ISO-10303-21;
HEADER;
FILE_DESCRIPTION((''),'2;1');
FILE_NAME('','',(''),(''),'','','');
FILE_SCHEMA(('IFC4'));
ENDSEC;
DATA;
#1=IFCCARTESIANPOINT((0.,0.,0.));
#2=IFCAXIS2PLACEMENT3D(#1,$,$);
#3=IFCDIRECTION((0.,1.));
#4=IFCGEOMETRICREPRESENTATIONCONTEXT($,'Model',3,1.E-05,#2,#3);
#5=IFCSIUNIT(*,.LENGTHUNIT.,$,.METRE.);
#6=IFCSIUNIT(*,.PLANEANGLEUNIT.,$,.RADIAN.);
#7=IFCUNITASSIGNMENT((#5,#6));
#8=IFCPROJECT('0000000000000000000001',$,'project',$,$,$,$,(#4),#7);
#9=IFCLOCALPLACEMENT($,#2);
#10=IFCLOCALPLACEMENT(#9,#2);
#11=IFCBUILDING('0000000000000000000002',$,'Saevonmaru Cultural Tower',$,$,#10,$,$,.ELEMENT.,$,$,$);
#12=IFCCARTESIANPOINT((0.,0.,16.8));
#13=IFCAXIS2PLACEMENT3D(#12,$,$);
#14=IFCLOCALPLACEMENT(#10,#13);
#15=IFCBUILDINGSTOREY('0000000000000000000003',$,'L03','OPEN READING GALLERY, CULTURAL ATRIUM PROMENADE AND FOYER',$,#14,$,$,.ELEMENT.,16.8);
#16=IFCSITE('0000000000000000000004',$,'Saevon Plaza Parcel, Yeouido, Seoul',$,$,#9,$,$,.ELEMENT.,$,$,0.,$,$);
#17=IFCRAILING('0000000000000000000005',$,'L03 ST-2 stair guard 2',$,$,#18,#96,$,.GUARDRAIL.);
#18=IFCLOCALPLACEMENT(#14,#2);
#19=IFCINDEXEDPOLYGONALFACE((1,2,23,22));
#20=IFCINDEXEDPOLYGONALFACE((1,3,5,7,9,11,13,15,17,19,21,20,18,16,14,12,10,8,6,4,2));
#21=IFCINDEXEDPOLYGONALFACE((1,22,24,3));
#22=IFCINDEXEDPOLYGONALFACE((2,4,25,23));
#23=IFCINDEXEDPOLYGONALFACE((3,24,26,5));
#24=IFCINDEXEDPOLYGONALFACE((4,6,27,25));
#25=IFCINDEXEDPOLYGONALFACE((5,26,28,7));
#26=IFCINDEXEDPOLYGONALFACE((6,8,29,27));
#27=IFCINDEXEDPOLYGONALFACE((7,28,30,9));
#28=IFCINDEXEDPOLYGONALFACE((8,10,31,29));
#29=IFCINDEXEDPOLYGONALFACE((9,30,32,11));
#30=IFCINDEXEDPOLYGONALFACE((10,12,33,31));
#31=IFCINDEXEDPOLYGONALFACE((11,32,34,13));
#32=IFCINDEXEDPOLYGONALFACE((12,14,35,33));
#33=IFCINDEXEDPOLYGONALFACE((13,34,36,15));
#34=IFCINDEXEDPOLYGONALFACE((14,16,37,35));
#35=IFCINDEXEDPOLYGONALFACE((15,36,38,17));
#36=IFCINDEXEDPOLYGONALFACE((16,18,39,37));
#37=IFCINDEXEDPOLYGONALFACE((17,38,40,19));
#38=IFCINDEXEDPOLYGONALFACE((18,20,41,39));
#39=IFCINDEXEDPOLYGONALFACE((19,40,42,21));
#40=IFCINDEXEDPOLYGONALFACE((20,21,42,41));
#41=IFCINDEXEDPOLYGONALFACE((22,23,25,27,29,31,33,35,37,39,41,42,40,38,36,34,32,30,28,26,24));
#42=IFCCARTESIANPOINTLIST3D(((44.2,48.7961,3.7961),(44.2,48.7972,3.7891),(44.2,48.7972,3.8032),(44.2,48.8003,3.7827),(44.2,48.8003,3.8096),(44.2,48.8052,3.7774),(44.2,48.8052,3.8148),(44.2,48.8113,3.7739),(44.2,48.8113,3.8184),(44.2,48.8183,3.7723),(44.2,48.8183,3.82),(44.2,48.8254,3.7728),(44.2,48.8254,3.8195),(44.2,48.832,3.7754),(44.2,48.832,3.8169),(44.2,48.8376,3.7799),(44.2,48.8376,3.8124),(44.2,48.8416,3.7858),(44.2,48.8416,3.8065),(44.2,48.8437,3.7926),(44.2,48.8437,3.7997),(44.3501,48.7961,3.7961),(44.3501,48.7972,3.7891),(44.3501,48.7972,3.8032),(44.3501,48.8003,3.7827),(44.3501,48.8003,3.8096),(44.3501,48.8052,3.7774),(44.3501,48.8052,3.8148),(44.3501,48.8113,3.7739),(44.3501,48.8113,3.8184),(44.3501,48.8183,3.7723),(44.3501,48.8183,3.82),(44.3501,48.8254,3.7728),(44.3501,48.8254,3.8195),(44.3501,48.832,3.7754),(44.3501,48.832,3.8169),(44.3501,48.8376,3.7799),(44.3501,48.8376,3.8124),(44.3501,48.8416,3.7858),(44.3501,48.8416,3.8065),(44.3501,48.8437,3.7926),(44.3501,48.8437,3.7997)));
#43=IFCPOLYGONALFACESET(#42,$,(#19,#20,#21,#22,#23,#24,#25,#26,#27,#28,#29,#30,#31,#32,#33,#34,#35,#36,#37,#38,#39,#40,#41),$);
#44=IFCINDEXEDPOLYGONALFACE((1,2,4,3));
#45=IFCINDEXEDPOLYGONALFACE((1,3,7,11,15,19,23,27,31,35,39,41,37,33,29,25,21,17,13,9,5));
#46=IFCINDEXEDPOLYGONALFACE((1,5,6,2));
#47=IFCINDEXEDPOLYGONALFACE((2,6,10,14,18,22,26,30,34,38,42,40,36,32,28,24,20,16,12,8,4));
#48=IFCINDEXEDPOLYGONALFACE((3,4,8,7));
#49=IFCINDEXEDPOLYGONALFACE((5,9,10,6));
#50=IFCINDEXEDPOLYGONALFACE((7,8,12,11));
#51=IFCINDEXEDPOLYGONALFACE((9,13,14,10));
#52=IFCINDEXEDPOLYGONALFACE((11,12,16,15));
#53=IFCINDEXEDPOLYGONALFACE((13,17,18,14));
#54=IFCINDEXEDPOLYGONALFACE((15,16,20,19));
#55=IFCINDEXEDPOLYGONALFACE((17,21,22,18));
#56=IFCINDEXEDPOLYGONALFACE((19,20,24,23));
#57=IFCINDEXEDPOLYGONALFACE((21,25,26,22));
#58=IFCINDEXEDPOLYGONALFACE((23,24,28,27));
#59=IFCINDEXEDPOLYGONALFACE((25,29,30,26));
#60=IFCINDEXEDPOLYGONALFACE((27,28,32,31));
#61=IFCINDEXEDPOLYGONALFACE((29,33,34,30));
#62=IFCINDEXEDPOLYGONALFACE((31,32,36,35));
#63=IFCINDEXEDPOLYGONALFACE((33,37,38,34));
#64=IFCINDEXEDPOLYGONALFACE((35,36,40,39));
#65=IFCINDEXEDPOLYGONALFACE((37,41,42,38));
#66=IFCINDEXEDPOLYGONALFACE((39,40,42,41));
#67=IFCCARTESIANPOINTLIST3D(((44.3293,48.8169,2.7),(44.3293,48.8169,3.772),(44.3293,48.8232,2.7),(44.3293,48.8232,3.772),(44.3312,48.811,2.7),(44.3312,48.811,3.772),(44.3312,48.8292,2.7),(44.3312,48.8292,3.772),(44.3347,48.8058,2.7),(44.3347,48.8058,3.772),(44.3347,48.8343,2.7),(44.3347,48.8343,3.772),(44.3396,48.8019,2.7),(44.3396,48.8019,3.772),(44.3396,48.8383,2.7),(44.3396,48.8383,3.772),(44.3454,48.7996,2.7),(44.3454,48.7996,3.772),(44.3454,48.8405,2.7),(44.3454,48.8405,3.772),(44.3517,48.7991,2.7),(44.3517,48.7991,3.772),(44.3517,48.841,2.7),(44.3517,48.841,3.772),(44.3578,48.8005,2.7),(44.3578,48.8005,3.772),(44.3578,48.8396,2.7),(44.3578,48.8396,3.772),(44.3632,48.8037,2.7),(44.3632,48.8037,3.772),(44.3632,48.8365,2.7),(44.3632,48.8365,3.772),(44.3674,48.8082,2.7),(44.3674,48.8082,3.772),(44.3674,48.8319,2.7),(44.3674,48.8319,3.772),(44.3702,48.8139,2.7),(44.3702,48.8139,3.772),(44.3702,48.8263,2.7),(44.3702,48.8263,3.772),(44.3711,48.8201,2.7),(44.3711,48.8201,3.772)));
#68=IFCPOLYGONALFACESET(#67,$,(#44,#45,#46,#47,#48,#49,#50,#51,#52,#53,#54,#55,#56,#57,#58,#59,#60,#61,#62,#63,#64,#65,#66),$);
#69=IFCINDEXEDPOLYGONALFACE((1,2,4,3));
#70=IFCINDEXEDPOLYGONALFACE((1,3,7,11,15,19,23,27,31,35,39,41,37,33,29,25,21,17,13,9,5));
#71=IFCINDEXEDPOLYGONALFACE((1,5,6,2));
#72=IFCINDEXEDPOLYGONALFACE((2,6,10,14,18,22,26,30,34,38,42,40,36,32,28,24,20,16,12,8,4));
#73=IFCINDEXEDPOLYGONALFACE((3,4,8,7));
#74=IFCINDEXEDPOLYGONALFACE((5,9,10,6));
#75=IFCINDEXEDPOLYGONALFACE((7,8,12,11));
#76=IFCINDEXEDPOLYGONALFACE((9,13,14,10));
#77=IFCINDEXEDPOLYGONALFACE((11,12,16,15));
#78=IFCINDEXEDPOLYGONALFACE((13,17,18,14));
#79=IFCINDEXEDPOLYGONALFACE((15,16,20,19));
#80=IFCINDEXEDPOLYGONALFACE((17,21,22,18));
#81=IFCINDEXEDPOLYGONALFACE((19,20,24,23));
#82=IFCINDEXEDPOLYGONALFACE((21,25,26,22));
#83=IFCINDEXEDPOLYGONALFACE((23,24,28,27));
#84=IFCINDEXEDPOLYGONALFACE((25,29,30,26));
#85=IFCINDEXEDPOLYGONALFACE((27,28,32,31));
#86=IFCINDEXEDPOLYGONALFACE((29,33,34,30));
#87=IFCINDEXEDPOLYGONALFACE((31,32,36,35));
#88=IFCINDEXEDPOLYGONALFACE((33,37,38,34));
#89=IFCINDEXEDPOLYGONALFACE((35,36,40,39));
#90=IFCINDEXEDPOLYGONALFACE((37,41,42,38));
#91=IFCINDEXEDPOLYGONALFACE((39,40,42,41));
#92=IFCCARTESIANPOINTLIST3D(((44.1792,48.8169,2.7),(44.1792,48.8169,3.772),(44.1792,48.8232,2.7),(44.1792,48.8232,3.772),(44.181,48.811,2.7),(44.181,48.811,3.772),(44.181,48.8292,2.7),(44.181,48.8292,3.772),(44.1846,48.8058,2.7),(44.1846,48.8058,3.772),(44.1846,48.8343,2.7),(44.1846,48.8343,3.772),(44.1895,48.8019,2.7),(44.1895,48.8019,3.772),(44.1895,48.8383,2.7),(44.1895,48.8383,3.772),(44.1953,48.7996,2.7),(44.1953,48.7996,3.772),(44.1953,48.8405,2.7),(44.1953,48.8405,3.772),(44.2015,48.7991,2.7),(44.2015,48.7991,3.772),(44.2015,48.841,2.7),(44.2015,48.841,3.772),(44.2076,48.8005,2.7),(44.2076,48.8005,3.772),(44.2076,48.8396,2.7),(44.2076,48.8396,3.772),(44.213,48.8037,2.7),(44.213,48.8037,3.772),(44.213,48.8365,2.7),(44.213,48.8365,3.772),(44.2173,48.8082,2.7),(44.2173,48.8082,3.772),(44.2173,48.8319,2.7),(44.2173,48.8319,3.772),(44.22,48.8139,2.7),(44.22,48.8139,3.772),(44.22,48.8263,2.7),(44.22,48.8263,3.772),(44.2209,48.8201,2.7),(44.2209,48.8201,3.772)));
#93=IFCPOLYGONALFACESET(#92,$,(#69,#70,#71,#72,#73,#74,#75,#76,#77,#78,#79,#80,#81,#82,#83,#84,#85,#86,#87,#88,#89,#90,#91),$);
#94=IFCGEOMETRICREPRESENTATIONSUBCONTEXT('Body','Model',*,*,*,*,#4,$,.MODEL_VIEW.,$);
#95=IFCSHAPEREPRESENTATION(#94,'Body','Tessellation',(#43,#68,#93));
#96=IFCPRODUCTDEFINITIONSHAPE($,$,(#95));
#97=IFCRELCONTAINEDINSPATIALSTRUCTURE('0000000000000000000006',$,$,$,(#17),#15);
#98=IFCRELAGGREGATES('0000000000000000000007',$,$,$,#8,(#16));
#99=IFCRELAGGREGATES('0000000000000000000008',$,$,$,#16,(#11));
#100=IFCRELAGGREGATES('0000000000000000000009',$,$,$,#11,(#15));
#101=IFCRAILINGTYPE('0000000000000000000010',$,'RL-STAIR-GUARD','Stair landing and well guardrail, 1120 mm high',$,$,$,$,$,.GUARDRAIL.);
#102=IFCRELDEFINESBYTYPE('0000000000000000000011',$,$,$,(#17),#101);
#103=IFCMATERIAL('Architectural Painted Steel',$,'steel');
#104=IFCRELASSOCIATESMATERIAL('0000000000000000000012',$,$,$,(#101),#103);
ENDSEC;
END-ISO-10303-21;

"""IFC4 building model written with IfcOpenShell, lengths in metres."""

from ifc_helpers import new_model, si_unit, direction, frame, origin, origin_2d, place, context, subcontext, project, spatial, circle, extrude, material, type_object, element, save


model = new_model("IFC4")

# Units and contexts
model_context = context("Model", 3, precision=1e-05, world=origin(), true_north=direction((0.0, 1.0)))
body_context = subcontext(model_context, "Body", "Model", "MODEL_VIEW")
ifc_project = project(units=[si_unit("LENGTHUNIT", "METRE"), si_unit("PLANEANGLEUNIT", "RADIAN")], contexts=[model_context])

# Site, building, storey
site_placement = place(None, origin())
site = spatial("IfcSite", under=ifc_project, at=site_placement, Name="Saevon Plaza Parcel, Yeouido, Seoul", CompositionType="ELEMENT", RefElevation=0.0)
building_placement = place(site_placement, origin())
building = spatial("IfcBuilding", under=site, at=building_placement, Name="Saevonmaru Cultural Tower", CompositionType="ELEMENT")
storey_placement = place(building_placement, frame((0.0, 0.0, 16.8)))
storey = spatial("IfcBuildingStorey", under=building, at=storey_placement, Name="L03", Description="OPEN READING GALLERY, CULTURAL ATRIUM PROMENADE AND FOYER", CompositionType="ELEMENT", Elevation=16.8)

# Railing
ifc_material_1 = material(Name="Architectural Painted Steel", Category="steel")
railing_type_1 = type_object("IfcRailingType", Name="RL-STAIR-GUARD", Description="Stair landing and well guardrail, 1120 mm high", PredefinedType="GUARDRAIL", material=ifc_material_1)
railing_1_placement = place(storey_placement, frame((44.3501, 48.8201, 2.7)))
element("IfcRailing", 1, at=railing_1_placement, inside=storey, type_object=railing_type_1, Name="L03 ST-2 stair guard 2", PredefinedType="GUARDRAIL", context=body_context, shape_type="SweptSolid", body=[
    extrude(circle(Radius=0.0239, at=origin_2d()), frame((0.0, 0.0, 1.0962), z_axis=(-1.0, 0.0, 0.0), x_axis=(0.0, -1.0, 0.0)), (0.0, 0.0, 1.0), 0.1501),
    extrude(circle(Radius=0.021, at=origin_2d()), origin(), (0.0, 0.0, 1.0), 1.072),
    extrude(circle(Radius=0.021, at=origin_2d()), frame((-0.1501, 0.0, 0.0)), (0.0, 0.0, 1.0), 1.072),
])

save(model, "model.ifc")
